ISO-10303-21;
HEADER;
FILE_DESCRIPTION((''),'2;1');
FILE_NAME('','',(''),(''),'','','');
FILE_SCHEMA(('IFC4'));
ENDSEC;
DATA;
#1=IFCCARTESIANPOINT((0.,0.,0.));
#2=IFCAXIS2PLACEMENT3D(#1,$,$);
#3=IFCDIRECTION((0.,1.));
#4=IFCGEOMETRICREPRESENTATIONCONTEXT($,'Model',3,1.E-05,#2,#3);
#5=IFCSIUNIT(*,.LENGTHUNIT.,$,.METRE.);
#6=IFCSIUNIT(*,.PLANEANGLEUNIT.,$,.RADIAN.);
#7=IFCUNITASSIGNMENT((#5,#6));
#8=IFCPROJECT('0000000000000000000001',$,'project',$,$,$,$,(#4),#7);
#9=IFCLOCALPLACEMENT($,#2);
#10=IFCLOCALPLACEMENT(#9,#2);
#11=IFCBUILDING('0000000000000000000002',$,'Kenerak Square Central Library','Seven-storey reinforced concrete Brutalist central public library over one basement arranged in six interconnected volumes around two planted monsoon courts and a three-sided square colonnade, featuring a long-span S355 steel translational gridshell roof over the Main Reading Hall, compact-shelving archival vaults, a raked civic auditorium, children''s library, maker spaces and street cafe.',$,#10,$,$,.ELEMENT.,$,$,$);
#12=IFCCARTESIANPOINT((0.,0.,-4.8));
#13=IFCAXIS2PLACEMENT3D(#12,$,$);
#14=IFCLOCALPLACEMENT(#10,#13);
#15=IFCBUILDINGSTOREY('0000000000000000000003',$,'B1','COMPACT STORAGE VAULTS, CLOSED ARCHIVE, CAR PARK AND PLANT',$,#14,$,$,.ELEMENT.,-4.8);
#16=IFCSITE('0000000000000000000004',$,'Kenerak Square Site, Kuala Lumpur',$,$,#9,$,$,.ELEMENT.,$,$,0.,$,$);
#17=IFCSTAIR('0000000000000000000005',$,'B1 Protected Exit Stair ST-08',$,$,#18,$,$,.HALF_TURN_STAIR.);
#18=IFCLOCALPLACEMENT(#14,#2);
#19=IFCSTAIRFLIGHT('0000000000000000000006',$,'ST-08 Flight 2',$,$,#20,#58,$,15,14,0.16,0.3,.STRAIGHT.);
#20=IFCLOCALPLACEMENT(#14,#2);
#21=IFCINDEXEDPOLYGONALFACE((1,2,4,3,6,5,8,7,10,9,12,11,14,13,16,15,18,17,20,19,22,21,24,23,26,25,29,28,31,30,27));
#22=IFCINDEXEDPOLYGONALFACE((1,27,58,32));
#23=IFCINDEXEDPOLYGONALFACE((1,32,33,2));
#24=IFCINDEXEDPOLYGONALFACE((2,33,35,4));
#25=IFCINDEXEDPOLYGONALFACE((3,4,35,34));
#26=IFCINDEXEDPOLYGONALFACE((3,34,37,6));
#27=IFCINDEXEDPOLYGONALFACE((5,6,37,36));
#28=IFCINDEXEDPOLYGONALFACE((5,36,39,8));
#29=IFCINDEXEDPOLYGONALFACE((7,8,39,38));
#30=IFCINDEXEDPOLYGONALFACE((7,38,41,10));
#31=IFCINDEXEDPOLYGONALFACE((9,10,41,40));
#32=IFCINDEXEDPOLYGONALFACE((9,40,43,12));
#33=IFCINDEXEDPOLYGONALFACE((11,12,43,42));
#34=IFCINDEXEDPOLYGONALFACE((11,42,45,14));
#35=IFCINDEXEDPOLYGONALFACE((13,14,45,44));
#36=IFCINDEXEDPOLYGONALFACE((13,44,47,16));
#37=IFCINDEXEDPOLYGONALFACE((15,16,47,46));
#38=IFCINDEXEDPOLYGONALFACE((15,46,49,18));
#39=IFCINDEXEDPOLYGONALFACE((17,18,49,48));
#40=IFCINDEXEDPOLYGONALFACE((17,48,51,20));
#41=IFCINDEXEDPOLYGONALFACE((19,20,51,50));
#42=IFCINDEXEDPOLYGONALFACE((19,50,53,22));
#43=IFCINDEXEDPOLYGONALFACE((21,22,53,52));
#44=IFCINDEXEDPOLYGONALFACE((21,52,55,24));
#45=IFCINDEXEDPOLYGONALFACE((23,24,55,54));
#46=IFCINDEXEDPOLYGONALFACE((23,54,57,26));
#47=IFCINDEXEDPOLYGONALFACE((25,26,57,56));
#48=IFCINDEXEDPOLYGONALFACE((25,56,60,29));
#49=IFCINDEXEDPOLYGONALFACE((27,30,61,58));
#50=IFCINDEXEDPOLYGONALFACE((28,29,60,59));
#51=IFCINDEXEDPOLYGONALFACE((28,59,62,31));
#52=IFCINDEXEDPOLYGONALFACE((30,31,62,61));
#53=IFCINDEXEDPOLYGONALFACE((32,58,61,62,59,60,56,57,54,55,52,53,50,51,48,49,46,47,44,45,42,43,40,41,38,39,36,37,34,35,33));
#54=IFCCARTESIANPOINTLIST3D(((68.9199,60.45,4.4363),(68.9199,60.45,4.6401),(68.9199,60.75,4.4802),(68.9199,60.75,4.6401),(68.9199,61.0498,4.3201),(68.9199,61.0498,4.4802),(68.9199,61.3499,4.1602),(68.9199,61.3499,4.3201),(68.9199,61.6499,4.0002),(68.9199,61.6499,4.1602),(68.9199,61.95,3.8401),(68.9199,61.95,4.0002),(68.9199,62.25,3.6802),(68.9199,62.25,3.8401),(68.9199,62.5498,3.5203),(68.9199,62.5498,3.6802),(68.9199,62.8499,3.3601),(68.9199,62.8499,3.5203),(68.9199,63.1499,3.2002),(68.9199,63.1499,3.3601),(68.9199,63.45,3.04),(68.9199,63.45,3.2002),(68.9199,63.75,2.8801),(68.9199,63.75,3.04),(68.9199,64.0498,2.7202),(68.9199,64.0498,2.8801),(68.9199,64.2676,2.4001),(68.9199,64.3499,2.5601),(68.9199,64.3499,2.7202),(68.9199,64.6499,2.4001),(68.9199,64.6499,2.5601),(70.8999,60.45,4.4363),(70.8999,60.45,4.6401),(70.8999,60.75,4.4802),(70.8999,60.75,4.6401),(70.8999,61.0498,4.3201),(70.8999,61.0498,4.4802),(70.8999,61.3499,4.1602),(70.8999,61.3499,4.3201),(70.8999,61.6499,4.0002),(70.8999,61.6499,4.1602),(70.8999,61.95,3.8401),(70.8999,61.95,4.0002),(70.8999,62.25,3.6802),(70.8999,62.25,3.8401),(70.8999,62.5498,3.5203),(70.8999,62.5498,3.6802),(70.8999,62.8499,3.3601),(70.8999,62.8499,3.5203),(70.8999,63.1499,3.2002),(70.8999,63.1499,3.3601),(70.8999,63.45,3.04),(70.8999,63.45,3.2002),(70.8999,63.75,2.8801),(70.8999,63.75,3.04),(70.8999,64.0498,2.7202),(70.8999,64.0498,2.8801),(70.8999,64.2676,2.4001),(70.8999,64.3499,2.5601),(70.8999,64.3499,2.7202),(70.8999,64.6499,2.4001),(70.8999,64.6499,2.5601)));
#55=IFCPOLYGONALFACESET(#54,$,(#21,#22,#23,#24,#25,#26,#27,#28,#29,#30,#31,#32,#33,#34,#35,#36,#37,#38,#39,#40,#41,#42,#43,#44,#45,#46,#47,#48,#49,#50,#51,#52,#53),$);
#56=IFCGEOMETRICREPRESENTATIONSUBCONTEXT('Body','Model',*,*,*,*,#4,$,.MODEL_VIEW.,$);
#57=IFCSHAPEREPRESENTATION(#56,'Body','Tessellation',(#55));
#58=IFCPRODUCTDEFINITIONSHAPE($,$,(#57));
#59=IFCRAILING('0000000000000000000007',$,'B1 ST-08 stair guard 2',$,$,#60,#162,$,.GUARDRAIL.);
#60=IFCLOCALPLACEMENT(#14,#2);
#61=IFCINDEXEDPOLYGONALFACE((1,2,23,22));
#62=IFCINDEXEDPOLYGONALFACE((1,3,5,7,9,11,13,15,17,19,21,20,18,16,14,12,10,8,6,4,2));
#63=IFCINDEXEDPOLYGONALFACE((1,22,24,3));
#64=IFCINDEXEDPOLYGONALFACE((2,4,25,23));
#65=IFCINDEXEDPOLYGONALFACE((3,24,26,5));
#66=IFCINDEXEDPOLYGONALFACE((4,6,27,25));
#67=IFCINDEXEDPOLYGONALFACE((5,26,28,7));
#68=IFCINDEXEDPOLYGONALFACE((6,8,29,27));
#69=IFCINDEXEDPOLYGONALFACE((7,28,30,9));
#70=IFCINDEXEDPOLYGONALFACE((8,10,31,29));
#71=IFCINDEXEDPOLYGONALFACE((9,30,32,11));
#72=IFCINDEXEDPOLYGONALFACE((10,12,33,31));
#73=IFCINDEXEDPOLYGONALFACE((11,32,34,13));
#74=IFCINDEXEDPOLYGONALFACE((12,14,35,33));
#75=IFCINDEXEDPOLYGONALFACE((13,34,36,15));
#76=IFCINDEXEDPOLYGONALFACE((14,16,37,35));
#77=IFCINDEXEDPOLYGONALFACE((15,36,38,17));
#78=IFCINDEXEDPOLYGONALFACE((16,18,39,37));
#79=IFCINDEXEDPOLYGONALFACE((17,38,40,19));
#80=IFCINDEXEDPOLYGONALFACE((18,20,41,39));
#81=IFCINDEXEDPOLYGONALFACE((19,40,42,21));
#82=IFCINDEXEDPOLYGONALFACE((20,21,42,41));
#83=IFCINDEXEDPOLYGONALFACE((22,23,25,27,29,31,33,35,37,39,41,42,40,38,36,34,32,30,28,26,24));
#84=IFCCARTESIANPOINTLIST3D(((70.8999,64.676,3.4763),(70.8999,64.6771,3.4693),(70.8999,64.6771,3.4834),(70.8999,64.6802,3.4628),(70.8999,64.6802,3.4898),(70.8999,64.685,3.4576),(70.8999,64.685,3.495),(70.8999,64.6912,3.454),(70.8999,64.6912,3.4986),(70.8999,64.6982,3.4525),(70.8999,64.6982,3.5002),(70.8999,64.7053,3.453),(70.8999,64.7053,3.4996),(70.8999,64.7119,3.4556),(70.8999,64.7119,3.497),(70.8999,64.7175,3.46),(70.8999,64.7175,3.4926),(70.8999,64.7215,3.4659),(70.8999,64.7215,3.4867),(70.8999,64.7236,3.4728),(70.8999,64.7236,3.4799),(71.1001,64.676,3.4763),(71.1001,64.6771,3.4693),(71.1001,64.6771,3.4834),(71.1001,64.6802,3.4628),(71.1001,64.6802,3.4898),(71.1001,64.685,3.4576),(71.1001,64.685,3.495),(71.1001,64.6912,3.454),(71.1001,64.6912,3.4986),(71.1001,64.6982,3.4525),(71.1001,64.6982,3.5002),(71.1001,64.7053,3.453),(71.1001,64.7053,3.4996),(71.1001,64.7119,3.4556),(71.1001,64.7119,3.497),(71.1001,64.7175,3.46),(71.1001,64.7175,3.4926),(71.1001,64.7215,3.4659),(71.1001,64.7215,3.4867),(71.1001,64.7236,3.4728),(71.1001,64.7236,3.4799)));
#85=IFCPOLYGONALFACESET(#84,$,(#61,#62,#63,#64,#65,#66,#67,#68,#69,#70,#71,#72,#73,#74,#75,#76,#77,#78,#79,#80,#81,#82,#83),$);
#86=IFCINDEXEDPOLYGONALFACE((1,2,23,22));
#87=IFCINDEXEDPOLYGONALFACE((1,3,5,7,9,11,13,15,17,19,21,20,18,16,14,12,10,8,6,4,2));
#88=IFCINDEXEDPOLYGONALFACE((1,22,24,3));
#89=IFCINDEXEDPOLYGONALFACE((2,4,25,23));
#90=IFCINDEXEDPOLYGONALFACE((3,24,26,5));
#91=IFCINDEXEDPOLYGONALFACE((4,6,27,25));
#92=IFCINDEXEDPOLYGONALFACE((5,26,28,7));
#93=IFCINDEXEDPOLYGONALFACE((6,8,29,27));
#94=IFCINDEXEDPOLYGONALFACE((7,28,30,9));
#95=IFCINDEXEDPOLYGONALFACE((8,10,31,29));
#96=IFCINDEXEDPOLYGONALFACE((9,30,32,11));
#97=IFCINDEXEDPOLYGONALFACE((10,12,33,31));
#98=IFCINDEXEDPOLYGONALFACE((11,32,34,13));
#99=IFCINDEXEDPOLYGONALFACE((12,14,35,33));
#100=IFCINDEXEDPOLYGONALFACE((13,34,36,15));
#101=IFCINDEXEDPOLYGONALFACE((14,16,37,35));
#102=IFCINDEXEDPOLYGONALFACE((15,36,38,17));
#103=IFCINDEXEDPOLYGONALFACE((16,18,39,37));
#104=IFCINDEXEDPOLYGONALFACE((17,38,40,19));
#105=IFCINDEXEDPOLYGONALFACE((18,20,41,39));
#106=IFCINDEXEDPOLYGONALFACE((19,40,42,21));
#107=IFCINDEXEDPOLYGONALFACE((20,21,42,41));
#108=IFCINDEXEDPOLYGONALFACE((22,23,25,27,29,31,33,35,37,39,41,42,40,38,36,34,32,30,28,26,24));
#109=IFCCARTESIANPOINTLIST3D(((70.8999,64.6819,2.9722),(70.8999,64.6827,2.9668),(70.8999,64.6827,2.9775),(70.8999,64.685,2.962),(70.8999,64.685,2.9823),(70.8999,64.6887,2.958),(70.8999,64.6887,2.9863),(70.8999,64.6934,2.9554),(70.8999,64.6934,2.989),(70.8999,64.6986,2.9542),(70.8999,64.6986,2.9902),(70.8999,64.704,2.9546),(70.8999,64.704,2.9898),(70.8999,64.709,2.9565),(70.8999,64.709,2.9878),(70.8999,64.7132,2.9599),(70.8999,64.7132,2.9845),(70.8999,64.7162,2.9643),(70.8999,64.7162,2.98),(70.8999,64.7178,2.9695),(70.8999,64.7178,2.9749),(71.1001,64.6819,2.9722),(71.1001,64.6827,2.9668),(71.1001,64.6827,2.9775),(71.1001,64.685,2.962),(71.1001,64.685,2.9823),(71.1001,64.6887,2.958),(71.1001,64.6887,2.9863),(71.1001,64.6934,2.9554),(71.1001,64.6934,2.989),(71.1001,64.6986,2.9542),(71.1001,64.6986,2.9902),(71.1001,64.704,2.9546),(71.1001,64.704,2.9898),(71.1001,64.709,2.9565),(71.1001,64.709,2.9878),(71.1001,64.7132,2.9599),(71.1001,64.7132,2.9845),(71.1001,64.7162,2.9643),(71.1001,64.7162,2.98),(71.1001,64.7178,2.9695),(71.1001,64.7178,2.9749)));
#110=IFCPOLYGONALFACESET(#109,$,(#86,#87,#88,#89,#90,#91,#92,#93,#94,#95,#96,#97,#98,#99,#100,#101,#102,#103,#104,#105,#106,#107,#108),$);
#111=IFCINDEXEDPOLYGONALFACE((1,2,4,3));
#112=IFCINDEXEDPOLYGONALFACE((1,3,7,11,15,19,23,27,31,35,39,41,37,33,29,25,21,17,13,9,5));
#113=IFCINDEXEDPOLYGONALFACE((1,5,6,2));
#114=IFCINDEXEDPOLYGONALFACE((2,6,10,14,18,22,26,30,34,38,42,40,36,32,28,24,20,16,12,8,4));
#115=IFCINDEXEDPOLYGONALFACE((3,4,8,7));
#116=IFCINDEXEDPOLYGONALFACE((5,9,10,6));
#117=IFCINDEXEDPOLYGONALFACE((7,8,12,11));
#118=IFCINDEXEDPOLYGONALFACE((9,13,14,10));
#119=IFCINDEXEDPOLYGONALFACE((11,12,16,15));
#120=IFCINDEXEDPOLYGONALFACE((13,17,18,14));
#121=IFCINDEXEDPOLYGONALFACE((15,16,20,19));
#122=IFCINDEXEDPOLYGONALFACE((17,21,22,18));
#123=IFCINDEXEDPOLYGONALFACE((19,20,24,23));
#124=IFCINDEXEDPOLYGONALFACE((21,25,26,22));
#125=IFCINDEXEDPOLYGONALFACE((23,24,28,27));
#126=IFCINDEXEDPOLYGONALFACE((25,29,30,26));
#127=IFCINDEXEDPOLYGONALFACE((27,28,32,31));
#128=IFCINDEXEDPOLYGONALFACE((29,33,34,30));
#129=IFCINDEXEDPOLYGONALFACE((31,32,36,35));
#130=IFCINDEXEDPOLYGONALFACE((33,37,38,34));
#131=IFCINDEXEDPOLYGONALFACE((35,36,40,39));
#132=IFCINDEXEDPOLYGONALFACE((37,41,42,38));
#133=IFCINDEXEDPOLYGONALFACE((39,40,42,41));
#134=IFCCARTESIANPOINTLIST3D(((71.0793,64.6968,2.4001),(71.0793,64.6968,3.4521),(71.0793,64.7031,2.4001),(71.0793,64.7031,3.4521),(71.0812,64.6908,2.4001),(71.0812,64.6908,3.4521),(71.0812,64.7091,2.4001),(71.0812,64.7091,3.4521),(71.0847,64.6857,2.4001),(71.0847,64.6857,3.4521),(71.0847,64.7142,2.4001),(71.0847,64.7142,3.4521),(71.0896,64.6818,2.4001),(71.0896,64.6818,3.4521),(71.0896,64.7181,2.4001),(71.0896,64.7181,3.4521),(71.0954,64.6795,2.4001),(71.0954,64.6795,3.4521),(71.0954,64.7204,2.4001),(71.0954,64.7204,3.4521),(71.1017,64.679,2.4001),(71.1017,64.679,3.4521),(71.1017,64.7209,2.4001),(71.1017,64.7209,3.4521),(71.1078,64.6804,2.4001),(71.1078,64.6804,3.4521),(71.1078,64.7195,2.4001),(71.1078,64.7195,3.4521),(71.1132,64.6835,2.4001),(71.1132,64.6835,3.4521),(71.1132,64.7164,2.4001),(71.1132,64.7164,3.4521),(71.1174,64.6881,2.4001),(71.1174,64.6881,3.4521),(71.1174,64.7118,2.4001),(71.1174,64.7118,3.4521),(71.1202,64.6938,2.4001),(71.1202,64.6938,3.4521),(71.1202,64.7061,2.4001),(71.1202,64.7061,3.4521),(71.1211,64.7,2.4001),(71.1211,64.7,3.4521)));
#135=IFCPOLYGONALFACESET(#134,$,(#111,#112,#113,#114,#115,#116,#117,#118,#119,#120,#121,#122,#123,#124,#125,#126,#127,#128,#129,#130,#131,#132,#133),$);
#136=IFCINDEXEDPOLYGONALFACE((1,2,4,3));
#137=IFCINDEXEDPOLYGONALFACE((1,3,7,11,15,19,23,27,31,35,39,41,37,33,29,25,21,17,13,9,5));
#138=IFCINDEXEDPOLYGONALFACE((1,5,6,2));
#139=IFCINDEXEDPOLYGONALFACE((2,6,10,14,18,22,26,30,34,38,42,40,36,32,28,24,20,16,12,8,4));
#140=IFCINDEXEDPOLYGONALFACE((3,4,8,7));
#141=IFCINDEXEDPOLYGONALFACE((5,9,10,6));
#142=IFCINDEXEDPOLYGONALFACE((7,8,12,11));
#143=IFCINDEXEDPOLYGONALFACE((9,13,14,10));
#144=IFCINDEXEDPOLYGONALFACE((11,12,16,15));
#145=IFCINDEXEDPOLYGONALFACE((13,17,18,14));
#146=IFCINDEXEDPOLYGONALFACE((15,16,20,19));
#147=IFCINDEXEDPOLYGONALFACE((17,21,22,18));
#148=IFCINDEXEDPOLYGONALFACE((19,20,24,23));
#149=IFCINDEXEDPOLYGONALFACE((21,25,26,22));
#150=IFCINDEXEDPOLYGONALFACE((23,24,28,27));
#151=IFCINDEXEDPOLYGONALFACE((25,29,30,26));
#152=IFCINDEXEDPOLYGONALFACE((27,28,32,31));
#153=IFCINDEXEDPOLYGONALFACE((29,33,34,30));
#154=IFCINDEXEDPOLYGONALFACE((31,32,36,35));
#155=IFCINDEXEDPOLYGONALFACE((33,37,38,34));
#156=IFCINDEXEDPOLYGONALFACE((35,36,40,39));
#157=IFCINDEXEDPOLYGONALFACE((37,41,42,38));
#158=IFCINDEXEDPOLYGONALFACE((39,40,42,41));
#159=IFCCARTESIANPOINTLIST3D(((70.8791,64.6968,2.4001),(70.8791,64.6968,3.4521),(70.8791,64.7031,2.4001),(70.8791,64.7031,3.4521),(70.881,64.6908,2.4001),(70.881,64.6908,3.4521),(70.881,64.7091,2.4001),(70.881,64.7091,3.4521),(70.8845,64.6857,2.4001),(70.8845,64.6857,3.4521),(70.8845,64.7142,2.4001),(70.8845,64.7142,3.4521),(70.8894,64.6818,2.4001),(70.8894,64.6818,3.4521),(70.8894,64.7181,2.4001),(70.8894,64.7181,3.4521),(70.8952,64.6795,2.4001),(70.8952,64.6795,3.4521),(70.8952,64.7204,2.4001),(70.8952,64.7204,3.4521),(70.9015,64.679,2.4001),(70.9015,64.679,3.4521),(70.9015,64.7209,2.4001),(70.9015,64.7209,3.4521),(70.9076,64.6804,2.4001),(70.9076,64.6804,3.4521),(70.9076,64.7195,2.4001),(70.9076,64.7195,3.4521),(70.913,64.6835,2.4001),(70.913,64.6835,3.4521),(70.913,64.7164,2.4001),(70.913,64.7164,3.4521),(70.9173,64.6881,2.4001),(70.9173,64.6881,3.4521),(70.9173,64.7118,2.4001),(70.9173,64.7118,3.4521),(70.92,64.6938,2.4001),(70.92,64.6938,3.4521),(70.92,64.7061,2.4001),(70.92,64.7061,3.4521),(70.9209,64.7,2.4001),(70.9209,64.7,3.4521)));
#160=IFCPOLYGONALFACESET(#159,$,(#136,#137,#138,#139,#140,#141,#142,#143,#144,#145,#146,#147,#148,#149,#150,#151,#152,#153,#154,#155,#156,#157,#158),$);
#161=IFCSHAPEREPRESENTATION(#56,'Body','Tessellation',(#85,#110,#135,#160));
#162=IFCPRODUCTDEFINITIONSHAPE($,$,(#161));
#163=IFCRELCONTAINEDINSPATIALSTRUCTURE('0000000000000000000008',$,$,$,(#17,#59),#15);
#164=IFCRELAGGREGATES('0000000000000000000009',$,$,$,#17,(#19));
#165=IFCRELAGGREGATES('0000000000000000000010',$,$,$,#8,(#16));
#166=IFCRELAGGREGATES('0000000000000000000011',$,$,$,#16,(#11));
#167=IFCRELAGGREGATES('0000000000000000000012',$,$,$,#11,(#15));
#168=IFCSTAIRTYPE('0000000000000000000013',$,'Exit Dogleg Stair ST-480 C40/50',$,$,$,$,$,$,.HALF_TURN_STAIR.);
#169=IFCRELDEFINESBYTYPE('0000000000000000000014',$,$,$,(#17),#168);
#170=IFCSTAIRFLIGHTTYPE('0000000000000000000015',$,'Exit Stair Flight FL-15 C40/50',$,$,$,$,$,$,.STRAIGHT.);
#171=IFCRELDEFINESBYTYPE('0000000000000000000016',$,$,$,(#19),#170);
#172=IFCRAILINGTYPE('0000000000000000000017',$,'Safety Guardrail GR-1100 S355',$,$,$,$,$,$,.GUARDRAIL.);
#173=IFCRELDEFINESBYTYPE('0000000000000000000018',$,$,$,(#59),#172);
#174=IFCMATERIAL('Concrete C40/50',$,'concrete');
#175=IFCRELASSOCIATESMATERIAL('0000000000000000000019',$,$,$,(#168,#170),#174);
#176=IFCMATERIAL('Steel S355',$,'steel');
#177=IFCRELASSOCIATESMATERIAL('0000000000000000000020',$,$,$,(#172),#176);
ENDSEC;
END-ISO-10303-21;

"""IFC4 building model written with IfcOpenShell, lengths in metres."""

from ifc_helpers import new_model, si_unit, direction, frame, origin, origin_2d, place, context, subcontext, project, spatial, polyline, circle, outline, extrude, material, type_object, element, aggregate, save


model = new_model("IFC4")

# Units and contexts
model_context = context("Model", 3, precision=1e-05, world=origin(), true_north=direction((0.0, 1.0)))
body_context = subcontext(model_context, "Body", "Model", "MODEL_VIEW")
ifc_project = project(units=[si_unit("LENGTHUNIT", "METRE"), si_unit("PLANEANGLEUNIT", "RADIAN")], contexts=[model_context])

# Site, building, storey
site_placement = place(None, origin())
site = spatial("IfcSite", under=ifc_project, at=site_placement, Name="Kenerak Square Site, Kuala Lumpur", CompositionType="ELEMENT", RefElevation=0.0)
building_placement = place(site_placement, origin())
building = spatial("IfcBuilding", under=site, at=building_placement, Name="Kenerak Square Central Library", Description="Seven-storey reinforced concrete Brutalist central public library over one basement arranged in six interconnected volumes around two planted monsoon courts and a three-sided square colonnade, featuring a long-span S355 steel translational gridshell roof over the Main Reading Hall, compact-shelving archival vaults, a raked civic auditorium, children's library, maker spaces and street cafe.", CompositionType="ELEMENT")
storey_placement = place(building_placement, frame((0.0, 0.0, -4.8)))
storey = spatial("IfcBuildingStorey", under=building, at=storey_placement, Name="B1", Description="COMPACT STORAGE VAULTS, CLOSED ARCHIVE, CAR PARK AND PLANT", CompositionType="ELEMENT", Elevation=-4.8)

# Shared definitions
ifc_material_1 = material(Name="Concrete C40/50", Category="concrete")

# Stair, stair flight
stair_type = type_object("IfcStairType", Name="Exit Dogleg Stair ST-480 C40/50", PredefinedType="HALF_TURN_STAIR", material=ifc_material_1)
stair_placement = place(storey_placement, origin())
stair = element("IfcStair", 1, at=stair_placement, inside=storey, type_object=stair_type, Name="B1 Protected Exit Stair ST-08", PredefinedType="HALF_TURN_STAIR")
stair_flight_type = type_object("IfcStairFlightType", Name="Exit Stair Flight FL-15 C40/50", PredefinedType="STRAIGHT", material=ifc_material_1)
stair_flight_placement = place(storey_placement, frame((69.9099, 64.6499, 2.4001), z_axis=(0.0, 0.0, 1.0), x_axis=(0.0, -1.0, 0.0)))
stair_flight = element("IfcStairFlight", 2, at=stair_flight_placement, type_object=stair_flight_type, Name="ST-08 Flight 2", NumberOfRisers=15, NumberOfTreads=14, PredefinedType="STRAIGHT", RiserHeight=0.16, TreadLength=0.3, context=body_context, shape_type="SweptSolid", body=[
    extrude(outline(polyline([(0.0, 0.0), (0.0, 0.1599), (0.3, 0.1599), (0.3, 0.3201), (0.6001, 0.3201), (0.6001, 0.48), (0.8999, 0.48), (0.8999, 0.6399), (1.2, 0.6399), (1.2, 0.8), (1.5, 0.8), (1.5, 0.96), (1.8, 0.96), (1.8, 1.1201), (2.1001, 1.1201), (2.1001, 1.28), (2.3999, 1.28), (2.3999, 1.4399), (2.7, 1.4399), (2.7, 1.6001), (3.0, 1.6001), (3.0, 1.76), (3.3, 1.76), (3.3, 1.9199), (3.6001, 1.9199), (3.6001, 2.0801), (3.8999, 2.0801), (3.8999, 2.24), (4.2, 2.24), (4.2, 2.3999), (4.2, 2.0361), (0.3823, 0.0), (0.0, 0.0)])), frame((0.0, 0.99, 0.0), z_axis=(0.0, -1.0, 0.0), x_axis=(1.0, 0.0, 0.0)), (0.0, 0.0, 1.0), 1.98),
])
aggregate(stair, [stair_flight])

# Railing
ifc_material_2 = material(Name="Steel S355", Category="steel")
railing_type_1 = type_object("IfcRailingType", Name="Safety Guardrail GR-1100 S355", PredefinedType="GUARDRAIL", material=ifc_material_2)
railing_1_placement = place(storey_placement, frame((71.1001, 64.7, 2.4001)))
element("IfcRailing", 3, at=railing_1_placement, inside=storey, type_object=railing_type_1, Name="B1 ST-08 stair guard 2", PredefinedType="GUARDRAIL", context=body_context, shape_type="SweptSolid", body=[
    extrude(circle(Radius=0.0239, at=origin_2d()), frame((0.0, 0.0, 1.0762), z_axis=(-1.0, 0.0, 0.0), x_axis=(0.0, -1.0, 0.0)), (0.0, 0.0, 1.0), 0.2002),
    extrude(circle(Radius=0.0181, at=origin_2d()), frame((0.0, 0.0, 0.572), z_axis=(-1.0, 0.0, 0.0), x_axis=(0.0, -1.0, 0.0)), (0.0, 0.0, 1.0), 0.2002),
    extrude(circle(Radius=0.021, at=origin_2d()), origin(), (0.0, 0.0, 1.0), 1.052),
    extrude(circle(Radius=0.021, at=origin_2d()), frame((-0.2002, 0.0, 0.0)), (0.0, 0.0, 1.0), 1.052),
])

save(model, "model.ifc")
